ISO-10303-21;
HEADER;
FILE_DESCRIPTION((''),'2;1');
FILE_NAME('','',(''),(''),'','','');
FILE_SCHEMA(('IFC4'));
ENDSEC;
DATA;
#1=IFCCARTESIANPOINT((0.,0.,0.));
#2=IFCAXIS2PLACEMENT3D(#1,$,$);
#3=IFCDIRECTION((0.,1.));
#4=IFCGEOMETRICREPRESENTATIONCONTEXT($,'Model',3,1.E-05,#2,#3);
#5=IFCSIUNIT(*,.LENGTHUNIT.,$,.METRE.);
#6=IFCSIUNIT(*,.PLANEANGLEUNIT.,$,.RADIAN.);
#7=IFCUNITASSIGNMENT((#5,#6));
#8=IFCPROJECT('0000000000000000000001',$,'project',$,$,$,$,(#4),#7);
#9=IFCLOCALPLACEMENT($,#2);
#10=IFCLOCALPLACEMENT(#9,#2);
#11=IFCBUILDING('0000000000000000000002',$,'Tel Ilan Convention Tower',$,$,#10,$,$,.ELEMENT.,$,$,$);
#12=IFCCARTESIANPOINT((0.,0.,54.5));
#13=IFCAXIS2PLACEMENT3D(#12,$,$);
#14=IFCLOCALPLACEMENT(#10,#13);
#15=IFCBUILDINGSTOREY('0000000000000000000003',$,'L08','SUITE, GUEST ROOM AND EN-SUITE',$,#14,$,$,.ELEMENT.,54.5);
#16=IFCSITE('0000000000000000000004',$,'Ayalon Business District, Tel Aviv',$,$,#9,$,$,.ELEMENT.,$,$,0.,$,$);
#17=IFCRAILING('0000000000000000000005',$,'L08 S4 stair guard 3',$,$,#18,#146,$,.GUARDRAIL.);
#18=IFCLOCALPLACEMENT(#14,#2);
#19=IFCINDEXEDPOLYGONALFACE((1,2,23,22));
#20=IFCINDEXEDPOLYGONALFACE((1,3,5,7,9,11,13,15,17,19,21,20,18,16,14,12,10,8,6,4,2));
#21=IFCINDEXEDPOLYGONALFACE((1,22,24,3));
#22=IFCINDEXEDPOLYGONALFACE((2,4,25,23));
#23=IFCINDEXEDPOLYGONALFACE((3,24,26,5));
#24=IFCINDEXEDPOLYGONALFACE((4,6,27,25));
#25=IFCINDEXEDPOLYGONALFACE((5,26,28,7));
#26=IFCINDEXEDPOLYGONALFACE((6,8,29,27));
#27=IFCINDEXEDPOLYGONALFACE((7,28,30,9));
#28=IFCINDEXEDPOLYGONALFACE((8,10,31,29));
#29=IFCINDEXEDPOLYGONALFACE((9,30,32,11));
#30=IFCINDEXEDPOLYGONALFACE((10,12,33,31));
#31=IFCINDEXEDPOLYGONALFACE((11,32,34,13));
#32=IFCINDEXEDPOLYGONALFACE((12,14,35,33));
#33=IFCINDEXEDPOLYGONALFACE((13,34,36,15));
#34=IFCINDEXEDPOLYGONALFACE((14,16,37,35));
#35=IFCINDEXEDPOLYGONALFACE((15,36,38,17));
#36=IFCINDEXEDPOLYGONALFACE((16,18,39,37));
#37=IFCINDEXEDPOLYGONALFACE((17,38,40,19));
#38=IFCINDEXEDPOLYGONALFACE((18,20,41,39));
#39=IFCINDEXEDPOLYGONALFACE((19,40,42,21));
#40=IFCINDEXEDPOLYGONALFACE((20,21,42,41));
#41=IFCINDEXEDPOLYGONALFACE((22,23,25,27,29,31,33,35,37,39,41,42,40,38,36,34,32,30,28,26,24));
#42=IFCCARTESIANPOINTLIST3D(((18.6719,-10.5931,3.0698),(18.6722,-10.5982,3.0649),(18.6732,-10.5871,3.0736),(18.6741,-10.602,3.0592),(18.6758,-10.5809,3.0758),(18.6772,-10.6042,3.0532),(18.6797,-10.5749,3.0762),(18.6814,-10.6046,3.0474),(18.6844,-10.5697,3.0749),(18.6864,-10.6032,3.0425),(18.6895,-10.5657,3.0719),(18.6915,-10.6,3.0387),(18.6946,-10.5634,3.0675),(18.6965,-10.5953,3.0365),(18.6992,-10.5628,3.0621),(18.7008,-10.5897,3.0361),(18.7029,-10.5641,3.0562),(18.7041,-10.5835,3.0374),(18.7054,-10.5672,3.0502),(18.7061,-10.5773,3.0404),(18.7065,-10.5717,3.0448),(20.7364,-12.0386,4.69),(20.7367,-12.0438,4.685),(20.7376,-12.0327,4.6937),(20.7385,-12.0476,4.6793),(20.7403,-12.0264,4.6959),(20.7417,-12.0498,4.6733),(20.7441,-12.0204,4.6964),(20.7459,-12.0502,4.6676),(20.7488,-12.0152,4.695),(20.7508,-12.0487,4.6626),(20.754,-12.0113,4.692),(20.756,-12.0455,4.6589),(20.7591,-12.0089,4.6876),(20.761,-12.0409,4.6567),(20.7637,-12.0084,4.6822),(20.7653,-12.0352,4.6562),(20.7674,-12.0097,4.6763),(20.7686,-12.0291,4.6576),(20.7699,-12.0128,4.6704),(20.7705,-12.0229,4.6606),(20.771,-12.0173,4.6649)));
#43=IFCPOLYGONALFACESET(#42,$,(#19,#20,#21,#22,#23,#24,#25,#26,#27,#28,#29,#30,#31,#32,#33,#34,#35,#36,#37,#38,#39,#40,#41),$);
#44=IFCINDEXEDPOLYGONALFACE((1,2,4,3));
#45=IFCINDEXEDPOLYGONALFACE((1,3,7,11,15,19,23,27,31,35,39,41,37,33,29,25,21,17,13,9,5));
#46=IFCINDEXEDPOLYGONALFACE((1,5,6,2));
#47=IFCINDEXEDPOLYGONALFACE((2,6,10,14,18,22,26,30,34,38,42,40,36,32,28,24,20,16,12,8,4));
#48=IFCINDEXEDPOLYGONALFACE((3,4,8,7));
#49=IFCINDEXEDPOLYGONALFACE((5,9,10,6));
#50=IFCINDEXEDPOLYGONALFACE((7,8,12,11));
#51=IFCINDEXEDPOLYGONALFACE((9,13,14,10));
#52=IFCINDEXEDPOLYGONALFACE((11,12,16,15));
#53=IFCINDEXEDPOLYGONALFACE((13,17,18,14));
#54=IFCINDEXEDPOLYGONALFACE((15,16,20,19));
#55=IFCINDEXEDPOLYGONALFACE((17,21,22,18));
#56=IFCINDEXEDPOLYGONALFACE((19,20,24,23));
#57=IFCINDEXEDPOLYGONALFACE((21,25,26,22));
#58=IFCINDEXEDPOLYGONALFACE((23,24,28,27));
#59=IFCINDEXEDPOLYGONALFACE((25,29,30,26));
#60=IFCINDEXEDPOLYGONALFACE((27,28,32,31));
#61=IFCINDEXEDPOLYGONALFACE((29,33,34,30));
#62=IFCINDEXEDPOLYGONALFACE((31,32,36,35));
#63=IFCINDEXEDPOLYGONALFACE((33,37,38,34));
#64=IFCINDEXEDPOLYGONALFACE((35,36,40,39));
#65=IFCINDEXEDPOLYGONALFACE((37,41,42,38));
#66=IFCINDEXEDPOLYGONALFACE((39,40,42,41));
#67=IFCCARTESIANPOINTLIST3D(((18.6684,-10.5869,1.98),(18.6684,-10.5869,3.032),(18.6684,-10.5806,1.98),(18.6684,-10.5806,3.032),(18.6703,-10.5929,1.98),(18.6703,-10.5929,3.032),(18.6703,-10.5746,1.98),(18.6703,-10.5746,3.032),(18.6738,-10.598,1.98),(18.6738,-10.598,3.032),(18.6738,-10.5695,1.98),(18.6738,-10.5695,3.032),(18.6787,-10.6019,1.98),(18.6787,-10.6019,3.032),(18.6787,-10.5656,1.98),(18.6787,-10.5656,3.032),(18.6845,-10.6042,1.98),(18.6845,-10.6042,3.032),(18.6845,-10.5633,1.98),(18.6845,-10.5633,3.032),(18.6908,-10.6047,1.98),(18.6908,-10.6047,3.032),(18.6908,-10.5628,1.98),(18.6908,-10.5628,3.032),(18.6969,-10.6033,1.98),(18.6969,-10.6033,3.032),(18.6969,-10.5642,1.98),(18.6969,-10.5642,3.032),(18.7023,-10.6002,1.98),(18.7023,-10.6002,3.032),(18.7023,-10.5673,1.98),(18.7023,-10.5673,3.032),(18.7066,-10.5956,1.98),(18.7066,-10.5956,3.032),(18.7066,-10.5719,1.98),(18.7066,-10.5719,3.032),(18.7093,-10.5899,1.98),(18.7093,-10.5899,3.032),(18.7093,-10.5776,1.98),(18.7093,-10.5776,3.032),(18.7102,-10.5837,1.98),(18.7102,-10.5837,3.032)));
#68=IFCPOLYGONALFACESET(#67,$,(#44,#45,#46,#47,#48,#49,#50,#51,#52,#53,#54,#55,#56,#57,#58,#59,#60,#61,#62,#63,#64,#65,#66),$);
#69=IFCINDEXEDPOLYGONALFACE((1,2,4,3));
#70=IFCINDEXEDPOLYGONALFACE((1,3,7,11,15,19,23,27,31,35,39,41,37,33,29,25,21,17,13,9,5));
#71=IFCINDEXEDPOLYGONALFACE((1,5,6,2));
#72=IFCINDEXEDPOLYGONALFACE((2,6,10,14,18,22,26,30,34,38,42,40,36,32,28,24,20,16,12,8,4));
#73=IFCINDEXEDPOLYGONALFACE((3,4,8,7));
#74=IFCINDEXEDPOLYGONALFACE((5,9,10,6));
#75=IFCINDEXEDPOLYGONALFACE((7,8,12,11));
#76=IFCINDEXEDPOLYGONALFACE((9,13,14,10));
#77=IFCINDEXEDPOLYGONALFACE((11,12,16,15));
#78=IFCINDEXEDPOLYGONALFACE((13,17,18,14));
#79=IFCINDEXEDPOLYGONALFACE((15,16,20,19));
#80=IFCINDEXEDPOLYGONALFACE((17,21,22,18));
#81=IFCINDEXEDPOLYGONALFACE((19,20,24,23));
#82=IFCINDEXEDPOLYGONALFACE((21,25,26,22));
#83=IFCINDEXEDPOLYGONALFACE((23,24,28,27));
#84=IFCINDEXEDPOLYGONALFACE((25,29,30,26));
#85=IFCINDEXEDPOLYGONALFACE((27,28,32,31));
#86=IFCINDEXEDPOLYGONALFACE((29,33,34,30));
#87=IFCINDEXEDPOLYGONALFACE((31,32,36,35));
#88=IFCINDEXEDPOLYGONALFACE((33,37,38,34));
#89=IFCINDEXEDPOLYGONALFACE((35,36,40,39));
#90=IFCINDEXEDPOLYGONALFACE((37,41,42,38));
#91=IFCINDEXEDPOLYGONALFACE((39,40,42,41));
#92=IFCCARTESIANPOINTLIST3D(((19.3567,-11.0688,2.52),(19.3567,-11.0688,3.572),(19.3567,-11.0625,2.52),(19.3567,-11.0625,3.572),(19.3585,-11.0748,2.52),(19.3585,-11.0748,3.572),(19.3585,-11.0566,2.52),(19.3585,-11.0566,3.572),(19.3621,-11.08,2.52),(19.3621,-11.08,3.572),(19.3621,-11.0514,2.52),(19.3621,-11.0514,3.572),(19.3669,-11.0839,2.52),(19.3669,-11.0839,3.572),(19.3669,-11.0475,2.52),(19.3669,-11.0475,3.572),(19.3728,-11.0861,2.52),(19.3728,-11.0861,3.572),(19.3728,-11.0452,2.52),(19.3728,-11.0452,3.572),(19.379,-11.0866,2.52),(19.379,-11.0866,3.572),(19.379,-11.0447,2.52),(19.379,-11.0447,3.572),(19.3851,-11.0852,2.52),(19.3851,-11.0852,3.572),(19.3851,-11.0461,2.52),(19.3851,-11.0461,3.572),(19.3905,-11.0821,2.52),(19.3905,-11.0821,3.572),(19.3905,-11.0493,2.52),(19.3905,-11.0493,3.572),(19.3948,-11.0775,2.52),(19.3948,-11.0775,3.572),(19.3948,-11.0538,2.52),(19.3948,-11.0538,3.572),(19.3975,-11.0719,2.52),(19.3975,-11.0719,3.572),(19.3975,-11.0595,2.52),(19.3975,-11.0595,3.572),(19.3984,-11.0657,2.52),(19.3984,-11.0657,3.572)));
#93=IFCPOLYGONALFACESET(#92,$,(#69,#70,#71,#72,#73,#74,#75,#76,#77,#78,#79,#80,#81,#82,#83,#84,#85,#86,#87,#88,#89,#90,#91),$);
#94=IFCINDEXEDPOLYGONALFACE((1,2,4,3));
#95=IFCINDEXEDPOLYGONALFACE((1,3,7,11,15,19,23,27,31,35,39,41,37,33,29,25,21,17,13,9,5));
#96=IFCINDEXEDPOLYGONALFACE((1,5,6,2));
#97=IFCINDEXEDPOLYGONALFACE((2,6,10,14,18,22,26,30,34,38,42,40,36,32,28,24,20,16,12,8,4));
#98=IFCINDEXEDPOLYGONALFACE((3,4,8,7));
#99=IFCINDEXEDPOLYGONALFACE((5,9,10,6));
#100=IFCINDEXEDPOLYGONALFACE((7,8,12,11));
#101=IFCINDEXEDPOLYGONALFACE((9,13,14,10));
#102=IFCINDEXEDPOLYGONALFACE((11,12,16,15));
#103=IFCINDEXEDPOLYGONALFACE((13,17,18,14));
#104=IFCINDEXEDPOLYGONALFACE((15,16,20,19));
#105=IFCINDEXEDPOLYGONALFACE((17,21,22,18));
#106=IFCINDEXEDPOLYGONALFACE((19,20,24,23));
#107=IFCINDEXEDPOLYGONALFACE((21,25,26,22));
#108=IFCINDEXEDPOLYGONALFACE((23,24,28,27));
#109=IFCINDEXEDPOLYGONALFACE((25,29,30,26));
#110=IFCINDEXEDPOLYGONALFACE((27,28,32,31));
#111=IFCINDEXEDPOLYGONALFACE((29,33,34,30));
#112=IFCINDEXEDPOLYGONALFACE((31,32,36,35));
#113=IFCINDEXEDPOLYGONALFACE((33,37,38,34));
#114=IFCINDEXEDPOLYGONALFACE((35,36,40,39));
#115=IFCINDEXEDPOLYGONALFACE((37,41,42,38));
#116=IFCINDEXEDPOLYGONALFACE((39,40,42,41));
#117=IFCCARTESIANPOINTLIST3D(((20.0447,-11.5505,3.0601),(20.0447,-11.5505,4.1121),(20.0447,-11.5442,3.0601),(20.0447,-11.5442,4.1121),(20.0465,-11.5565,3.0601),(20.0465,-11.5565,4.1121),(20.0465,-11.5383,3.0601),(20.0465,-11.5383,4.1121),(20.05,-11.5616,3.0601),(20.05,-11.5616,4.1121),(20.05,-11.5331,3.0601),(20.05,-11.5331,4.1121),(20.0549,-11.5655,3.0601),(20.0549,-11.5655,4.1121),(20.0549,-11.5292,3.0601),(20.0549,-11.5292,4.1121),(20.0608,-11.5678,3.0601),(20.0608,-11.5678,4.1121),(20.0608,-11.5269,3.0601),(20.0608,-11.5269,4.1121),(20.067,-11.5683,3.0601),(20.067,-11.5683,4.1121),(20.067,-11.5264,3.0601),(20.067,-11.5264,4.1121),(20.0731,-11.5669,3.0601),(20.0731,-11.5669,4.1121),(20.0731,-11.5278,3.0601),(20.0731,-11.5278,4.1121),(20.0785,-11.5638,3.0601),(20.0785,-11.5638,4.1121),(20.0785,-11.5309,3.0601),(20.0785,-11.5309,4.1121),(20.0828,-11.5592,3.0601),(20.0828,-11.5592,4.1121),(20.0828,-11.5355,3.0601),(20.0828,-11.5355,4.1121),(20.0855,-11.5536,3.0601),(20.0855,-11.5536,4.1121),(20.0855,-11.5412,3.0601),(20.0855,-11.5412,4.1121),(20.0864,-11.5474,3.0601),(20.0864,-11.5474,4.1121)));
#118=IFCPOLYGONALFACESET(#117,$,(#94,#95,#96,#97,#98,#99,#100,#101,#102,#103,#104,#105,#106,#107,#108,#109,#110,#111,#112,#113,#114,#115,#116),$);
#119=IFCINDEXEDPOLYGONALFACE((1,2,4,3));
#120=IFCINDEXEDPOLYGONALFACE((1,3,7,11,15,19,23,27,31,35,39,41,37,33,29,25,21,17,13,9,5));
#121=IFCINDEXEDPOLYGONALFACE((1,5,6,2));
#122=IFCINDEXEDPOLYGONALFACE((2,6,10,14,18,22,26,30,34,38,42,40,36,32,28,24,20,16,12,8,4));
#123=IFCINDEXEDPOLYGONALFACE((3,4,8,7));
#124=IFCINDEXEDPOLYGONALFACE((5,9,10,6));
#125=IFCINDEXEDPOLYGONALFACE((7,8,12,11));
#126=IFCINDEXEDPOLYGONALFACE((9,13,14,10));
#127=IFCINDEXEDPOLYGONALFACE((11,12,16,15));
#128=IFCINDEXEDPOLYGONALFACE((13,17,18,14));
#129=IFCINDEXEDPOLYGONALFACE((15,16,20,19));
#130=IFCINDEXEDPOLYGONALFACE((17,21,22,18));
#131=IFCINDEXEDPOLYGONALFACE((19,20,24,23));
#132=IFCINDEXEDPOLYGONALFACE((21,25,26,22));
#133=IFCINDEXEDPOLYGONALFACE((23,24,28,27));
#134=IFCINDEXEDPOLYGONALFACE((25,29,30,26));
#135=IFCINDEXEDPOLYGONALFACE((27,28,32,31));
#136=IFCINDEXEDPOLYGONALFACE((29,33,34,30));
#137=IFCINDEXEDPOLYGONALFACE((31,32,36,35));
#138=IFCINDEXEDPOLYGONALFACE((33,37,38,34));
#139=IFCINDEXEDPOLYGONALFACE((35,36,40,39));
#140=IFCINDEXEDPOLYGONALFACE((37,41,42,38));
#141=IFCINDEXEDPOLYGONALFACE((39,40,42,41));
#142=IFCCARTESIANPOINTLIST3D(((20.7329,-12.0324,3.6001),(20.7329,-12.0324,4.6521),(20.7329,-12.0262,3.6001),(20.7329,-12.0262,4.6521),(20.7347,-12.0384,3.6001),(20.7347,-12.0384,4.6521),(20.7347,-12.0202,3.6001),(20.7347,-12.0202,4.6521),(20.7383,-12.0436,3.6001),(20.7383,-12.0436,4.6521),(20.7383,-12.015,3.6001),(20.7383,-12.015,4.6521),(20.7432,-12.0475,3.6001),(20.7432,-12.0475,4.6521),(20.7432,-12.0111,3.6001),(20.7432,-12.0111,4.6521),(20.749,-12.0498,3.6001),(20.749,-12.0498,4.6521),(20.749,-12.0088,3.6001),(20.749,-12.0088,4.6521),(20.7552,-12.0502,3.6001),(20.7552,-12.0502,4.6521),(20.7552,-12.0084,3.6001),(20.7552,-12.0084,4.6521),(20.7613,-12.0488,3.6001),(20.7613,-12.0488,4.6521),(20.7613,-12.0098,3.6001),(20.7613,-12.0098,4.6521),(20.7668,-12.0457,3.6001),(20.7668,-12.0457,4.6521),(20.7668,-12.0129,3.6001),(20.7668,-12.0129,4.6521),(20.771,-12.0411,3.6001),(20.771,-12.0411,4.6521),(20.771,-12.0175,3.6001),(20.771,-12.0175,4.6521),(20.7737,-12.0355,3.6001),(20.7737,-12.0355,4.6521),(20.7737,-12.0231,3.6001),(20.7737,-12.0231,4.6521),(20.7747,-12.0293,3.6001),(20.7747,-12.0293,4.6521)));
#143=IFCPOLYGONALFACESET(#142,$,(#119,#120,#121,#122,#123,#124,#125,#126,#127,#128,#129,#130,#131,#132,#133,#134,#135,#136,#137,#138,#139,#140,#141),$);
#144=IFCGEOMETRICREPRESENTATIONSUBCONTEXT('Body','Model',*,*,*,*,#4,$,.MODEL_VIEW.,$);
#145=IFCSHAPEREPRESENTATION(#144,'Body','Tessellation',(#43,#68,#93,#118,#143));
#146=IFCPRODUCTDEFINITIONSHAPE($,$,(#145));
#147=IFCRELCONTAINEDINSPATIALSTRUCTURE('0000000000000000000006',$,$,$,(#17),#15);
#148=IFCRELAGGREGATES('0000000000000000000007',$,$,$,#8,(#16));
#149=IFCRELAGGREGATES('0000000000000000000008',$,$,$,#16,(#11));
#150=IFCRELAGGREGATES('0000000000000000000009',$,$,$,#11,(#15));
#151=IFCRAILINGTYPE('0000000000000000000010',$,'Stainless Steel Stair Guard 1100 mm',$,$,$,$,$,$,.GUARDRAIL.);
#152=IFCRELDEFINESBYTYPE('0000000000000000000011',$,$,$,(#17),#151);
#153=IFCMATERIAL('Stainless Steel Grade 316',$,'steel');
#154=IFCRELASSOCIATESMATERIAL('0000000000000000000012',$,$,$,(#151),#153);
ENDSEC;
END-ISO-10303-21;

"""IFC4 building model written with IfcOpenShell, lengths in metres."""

from ifc_helpers import new_model, si_unit, direction, frame, origin, origin_2d, place, context, subcontext, project, spatial, circle, extrude, material, type_object, element, save


model = new_model("IFC4")

# Units and contexts
model_context = context("Model", 3, precision=1e-05, world=origin(), true_north=direction((0.0, 1.0)))
body_context = subcontext(model_context, "Body", "Model", "MODEL_VIEW")
ifc_project = project(units=[si_unit("LENGTHUNIT", "METRE"), si_unit("PLANEANGLEUNIT", "RADIAN")], contexts=[model_context])

# Site, building, storey
site_placement = place(None, origin())
site = spatial("IfcSite", under=ifc_project, at=site_placement, Name="Ayalon Business District, Tel Aviv", CompositionType="ELEMENT", RefElevation=0.0)
building_placement = place(site_placement, origin())
building = spatial("IfcBuilding", under=site, at=building_placement, Name="Tel Ilan Convention Tower", CompositionType="ELEMENT")
storey_placement = place(building_placement, frame((0.0, 0.0, 54.5)))
storey = spatial("IfcBuildingStorey", under=building, at=storey_placement, Name="L08", Description="SUITE, GUEST ROOM AND EN-SUITE", CompositionType="ELEMENT", Elevation=54.5)

# Railing
ifc_material_1 = material(Name="Stainless Steel Grade 316", Category="steel")
railing_type_1 = type_object("IfcRailingType", Name="Stainless Steel Stair Guard 1100 mm", PredefinedType="GUARDRAIL", material=ifc_material_1)
railing_1_placement = place(storey_placement, frame((18.6892, -10.5837, 1.98)))
element("IfcRailing", 1, at=railing_1_placement, inside=storey, type_object=railing_type_1, Name="L08 S4 stair guard 3", PredefinedType="GUARDRAIL", context=body_context, shape_type="SweptSolid", body=[
    extrude(circle(Radius=0.0239, at=origin_2d()), frame((0.0, 0.0, 1.0762), z_axis=(0.689056, -0.482486, 0.540749), x_axis=(0.573579, 0.81915, 0.0)), (0.0, 0.0, 1.0), 2.9961),
    extrude(circle(Radius=0.021, at=origin_2d()), origin(), (0.0, 0.0, 1.0), 1.052),
    extrude(circle(Radius=0.021, at=origin_2d()), frame((0.6882, -0.4819, 0.54)), (0.0, 0.0, 1.0), 1.052),
    extrude(circle(Radius=0.021, at=origin_2d()), frame((1.3762, -0.9636, 1.0801)), (0.0, 0.0, 1.0), 1.052),
    extrude(circle(Radius=0.021, at=origin_2d()), frame((2.0645, -1.4456, 1.6201)), (0.0, 0.0, 1.0), 1.052),
])

save(model, "model.ifc")
